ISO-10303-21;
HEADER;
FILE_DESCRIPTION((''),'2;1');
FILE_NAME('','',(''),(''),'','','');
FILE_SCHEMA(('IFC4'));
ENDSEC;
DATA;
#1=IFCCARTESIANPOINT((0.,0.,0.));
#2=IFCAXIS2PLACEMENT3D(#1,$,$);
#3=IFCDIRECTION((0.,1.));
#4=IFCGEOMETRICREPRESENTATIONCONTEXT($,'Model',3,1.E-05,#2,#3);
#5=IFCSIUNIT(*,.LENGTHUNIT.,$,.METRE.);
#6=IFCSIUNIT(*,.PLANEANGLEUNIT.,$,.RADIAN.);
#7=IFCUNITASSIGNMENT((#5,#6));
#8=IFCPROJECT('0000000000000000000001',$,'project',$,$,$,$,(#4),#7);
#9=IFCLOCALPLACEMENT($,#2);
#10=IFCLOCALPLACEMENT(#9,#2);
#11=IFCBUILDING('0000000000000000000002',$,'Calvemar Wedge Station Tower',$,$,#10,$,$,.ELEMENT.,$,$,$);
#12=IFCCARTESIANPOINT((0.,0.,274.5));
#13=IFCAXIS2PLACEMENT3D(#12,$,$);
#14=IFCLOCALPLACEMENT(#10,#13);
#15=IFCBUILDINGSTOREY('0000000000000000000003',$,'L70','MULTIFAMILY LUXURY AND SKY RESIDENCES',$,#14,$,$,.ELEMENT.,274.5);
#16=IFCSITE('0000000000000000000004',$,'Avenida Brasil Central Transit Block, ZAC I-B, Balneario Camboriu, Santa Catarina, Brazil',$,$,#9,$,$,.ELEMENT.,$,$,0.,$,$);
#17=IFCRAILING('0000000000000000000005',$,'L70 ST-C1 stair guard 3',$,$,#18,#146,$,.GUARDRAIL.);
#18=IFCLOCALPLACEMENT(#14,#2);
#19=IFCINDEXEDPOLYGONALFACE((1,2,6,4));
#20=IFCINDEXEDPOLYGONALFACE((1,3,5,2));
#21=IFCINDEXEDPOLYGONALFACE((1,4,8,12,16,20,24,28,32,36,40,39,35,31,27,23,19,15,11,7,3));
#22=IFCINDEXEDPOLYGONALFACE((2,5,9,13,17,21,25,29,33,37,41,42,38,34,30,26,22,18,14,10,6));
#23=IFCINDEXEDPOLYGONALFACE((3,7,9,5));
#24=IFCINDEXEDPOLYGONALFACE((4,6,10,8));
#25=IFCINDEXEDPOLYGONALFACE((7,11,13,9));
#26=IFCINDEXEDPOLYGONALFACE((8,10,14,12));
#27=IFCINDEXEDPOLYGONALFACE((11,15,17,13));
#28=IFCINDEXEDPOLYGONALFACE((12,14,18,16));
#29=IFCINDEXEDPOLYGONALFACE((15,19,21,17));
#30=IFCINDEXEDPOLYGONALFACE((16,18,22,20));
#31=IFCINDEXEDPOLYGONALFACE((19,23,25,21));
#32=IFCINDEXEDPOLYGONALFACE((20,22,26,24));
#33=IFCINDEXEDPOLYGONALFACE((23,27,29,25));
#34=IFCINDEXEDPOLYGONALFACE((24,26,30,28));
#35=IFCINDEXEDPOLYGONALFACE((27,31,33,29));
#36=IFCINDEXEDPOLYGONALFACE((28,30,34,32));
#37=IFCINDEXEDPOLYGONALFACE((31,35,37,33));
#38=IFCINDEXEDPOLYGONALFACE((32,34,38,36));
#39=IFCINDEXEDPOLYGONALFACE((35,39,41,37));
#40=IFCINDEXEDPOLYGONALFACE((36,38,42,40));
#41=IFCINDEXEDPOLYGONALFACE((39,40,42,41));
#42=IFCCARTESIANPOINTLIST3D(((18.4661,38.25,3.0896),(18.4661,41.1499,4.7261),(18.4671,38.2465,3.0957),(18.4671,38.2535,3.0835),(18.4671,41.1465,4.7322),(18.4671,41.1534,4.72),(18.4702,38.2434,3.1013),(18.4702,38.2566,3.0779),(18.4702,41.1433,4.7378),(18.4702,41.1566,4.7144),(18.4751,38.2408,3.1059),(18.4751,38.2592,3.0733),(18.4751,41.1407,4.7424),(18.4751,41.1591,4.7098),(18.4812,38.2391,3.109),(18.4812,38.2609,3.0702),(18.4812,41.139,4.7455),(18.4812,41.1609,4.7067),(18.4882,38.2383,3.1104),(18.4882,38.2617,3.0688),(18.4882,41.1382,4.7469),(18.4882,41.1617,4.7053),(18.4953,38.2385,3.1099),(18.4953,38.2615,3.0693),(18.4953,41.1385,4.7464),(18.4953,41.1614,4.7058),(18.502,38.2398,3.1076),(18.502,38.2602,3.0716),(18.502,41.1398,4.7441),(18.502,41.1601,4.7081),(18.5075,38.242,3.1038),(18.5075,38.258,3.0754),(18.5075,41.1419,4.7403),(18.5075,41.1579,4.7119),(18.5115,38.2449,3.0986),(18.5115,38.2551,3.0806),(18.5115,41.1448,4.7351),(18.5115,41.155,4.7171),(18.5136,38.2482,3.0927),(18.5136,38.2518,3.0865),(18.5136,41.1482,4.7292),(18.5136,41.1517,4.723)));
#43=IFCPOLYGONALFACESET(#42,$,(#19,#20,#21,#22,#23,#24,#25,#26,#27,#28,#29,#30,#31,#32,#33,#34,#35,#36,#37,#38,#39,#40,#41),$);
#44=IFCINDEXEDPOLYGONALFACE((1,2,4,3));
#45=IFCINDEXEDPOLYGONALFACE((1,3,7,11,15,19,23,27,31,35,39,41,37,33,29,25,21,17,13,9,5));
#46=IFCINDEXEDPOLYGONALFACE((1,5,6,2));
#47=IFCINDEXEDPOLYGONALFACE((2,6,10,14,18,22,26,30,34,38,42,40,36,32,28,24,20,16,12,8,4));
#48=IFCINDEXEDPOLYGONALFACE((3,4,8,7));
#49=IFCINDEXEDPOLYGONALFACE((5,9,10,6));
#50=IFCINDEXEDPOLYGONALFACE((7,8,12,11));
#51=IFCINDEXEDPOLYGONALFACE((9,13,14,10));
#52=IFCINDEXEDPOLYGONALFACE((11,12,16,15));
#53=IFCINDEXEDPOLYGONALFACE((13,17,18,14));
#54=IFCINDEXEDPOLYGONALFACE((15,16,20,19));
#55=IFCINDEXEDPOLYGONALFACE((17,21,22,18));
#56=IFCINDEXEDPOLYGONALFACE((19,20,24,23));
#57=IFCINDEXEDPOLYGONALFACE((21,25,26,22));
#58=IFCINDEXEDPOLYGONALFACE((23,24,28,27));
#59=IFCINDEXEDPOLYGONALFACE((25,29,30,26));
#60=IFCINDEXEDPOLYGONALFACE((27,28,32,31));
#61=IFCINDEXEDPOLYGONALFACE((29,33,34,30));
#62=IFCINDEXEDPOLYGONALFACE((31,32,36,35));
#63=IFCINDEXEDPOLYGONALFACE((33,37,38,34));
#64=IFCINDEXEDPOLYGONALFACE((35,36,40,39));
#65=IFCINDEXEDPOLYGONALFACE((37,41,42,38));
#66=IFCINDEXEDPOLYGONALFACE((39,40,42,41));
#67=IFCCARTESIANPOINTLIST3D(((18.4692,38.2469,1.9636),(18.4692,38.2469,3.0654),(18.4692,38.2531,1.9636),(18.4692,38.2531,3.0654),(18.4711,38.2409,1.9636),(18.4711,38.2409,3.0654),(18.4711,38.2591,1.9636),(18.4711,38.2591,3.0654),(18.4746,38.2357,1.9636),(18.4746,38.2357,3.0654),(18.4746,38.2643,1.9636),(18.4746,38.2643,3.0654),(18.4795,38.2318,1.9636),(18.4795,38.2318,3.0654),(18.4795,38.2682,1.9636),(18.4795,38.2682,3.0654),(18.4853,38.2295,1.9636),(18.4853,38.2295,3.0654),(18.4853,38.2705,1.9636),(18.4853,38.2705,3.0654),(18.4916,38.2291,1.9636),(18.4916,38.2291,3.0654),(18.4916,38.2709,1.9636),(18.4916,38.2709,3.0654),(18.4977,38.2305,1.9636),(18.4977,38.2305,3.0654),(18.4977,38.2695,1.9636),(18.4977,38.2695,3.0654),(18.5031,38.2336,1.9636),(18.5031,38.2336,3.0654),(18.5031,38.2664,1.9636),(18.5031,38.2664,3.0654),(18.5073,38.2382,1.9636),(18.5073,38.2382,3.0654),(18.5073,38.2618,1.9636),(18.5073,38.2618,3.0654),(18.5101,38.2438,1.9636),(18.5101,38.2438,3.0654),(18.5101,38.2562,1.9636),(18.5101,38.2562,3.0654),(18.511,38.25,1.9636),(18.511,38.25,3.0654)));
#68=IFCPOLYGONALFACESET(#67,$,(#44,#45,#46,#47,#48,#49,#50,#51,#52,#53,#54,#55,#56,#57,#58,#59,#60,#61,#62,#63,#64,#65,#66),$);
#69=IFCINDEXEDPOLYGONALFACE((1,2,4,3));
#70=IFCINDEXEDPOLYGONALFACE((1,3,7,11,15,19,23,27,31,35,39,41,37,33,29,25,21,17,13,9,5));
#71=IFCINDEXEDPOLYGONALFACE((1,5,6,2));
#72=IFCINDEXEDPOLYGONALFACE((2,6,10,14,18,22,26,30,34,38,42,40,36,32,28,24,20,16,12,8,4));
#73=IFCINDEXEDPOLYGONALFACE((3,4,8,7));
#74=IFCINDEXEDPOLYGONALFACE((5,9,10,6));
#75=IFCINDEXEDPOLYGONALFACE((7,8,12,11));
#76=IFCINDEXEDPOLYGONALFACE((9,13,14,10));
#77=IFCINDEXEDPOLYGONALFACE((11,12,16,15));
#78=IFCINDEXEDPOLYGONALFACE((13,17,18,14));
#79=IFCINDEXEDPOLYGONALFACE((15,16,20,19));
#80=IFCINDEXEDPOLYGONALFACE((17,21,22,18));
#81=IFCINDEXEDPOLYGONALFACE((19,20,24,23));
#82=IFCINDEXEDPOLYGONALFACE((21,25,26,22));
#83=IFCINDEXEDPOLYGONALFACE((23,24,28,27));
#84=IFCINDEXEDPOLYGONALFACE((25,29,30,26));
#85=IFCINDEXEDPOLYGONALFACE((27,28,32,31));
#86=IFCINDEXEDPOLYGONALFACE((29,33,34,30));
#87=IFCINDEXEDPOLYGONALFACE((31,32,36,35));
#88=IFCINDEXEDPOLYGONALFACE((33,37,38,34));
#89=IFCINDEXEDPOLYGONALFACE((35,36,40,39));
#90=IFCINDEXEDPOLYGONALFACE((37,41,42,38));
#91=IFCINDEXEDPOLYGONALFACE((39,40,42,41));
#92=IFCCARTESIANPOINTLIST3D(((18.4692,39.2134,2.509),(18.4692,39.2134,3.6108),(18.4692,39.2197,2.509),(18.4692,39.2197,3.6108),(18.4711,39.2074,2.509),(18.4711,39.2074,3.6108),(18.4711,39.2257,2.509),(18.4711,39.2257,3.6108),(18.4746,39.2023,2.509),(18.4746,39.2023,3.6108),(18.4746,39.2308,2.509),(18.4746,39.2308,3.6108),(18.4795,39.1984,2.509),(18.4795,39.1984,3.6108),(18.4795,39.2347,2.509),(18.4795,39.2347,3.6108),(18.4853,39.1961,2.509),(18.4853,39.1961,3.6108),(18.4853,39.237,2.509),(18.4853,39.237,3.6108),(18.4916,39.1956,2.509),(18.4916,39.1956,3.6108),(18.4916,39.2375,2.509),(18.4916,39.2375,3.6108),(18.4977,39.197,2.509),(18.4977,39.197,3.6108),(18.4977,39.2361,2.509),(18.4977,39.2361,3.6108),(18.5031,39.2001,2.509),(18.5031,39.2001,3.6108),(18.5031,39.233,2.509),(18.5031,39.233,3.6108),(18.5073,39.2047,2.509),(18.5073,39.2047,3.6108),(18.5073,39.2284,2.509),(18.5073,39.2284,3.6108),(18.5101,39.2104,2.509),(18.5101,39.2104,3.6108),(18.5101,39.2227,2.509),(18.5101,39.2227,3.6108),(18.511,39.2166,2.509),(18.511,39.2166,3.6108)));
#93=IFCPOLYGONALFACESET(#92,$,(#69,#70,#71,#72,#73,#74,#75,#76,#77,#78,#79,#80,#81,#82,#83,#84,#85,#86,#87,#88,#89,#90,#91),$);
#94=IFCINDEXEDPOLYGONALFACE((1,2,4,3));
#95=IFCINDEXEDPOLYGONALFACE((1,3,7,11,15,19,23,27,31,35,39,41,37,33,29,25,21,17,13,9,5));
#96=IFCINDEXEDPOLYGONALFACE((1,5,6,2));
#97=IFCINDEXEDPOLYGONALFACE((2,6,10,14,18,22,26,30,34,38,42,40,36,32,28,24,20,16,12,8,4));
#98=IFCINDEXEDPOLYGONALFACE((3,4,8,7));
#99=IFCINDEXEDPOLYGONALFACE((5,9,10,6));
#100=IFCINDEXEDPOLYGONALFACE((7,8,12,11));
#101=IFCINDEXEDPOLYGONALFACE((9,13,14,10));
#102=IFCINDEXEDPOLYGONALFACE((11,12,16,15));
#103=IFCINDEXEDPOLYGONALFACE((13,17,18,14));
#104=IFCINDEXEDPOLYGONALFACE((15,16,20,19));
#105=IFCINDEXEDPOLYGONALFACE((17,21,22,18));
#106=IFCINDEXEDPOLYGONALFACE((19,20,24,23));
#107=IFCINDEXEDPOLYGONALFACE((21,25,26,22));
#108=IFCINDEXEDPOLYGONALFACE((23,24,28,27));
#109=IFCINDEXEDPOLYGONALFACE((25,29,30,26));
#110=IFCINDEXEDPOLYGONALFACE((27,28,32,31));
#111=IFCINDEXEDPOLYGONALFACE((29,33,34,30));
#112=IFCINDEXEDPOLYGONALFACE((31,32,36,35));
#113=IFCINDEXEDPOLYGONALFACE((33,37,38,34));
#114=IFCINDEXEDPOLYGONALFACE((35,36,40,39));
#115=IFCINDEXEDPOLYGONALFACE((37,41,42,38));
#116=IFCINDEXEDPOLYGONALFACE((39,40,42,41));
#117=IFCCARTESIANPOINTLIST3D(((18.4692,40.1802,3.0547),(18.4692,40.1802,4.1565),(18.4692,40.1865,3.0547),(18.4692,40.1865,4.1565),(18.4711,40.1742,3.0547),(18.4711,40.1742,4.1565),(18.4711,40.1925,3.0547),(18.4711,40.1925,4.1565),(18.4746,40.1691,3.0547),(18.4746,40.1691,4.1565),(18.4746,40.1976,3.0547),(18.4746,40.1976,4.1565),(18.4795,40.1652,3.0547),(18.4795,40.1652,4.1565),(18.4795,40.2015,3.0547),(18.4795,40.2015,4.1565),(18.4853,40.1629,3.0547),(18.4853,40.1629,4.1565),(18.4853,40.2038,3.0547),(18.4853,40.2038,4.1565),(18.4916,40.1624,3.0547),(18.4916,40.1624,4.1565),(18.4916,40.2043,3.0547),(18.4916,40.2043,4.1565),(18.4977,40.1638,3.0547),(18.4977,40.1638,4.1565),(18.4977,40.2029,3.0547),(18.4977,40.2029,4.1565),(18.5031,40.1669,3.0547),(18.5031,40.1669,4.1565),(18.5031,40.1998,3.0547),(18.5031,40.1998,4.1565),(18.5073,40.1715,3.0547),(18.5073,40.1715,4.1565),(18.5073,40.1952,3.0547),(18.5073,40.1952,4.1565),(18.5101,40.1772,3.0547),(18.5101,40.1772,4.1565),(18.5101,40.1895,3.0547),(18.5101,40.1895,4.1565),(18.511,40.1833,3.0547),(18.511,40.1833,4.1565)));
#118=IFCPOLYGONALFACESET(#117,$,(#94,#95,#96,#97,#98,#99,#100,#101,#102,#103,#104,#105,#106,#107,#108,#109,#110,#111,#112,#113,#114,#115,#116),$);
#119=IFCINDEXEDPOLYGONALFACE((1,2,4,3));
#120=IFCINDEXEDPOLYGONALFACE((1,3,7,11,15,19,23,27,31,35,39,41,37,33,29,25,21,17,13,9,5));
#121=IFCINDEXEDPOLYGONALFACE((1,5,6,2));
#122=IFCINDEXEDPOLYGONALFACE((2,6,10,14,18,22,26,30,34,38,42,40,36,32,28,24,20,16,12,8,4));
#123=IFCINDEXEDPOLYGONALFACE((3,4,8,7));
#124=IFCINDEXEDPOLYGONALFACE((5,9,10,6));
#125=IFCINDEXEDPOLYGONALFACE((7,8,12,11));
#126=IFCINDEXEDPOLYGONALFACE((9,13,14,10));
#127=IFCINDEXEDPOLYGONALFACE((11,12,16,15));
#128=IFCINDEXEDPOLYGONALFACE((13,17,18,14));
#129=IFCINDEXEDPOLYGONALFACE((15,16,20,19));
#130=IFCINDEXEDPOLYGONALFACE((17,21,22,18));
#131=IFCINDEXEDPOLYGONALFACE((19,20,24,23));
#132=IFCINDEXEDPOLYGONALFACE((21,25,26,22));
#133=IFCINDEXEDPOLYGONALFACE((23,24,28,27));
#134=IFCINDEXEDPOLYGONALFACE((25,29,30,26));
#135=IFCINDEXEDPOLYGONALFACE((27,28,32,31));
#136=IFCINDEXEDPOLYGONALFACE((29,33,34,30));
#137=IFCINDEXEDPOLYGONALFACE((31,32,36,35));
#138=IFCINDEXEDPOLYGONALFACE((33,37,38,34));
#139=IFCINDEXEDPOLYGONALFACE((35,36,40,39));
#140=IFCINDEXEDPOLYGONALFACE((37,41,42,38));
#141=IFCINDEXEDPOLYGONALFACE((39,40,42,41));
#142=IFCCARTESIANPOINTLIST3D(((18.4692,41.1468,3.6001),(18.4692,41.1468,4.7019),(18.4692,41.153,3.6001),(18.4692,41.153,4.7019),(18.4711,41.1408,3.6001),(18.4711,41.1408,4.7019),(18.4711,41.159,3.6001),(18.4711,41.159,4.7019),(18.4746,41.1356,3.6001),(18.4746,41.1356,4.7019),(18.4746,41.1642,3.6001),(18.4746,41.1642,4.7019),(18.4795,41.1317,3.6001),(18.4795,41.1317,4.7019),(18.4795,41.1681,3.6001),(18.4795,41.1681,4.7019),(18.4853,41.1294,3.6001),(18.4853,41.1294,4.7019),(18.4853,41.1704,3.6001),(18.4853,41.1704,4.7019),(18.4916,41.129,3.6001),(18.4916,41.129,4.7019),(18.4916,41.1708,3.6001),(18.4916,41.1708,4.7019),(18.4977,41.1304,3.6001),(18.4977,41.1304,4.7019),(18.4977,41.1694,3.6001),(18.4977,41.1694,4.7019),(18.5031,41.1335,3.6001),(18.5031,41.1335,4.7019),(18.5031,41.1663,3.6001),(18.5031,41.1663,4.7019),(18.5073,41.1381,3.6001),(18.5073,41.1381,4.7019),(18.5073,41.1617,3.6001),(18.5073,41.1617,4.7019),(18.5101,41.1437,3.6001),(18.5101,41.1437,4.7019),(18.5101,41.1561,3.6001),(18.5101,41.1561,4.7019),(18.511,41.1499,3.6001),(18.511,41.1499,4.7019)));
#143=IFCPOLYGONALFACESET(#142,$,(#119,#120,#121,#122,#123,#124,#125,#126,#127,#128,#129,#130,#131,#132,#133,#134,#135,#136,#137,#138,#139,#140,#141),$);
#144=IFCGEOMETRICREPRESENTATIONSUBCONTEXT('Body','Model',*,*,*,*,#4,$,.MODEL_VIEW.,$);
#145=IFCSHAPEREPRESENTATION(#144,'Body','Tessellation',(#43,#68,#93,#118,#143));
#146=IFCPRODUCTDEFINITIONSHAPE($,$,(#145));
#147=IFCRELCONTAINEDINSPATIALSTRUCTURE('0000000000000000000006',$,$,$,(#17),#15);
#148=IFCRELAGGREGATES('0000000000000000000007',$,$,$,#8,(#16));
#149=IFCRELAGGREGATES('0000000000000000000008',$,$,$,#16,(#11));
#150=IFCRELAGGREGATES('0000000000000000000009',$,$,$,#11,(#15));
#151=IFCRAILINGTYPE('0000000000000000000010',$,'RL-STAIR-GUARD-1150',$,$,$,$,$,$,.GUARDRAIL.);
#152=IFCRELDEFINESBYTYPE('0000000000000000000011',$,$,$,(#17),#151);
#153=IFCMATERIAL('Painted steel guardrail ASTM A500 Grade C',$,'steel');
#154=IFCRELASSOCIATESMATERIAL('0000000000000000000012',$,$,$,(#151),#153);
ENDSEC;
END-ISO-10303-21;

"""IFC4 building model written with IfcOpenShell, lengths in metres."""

from ifc_helpers import new_model, si_unit, direction, frame, origin, origin_2d, place, context, subcontext, project, spatial, circle, extrude, material, type_object, element, save


model = new_model("IFC4")

# Units and contexts
model_context = context("Model", 3, precision=1e-05, world=origin(), true_north=direction((0.0, 1.0)))
body_context = subcontext(model_context, "Body", "Model", "MODEL_VIEW")
ifc_project = project(units=[si_unit("LENGTHUNIT", "METRE"), si_unit("PLANEANGLEUNIT", "RADIAN")], contexts=[model_context])

# Site, building, storey
site_placement = place(None, origin())
site = spatial("IfcSite", under=ifc_project, at=site_placement, Name="Avenida Brasil Central Transit Block, ZAC I-B, Balneario Camboriu, Santa Catarina, Brazil", CompositionType="ELEMENT", RefElevation=0.0)
building_placement = place(site_placement, origin())
building = spatial("IfcBuilding", under=site, at=building_placement, Name="Calvemar Wedge Station Tower", CompositionType="ELEMENT")
storey_placement = place(building_placement, frame((0.0, 0.0, 274.5)))
storey = spatial("IfcBuildingStorey", under=building, at=storey_placement, Name="L70", Description="MULTIFAMILY LUXURY AND SKY RESIDENCES", CompositionType="ELEMENT", Elevation=274.5)

# Railing
ifc_material_1 = material(Name="Painted steel guardrail ASTM A500 Grade C", Category="steel")
railing_type_1 = type_object("IfcRailingType", Name="RL-STAIR-GUARD-1150", PredefinedType="GUARDRAIL", material=ifc_material_1)
railing_1_placement = place(storey_placement, frame((18.49, 38.25, 1.9636)))
element("IfcRailing", 1, at=railing_1_placement, inside=storey, type_object=railing_type_1, Name="L70 ST-C1 stair guard 3", PredefinedType="GUARDRAIL", context=body_context, shape_type="SweptSolid", body=[
    extrude(circle(Radius=0.0239, at=origin_2d()), frame((0.0, 0.0, 1.126), z_axis=(0.0, 0.870897, 0.491465), x_axis=(-1.0, 0.0, 0.0)), (0.0, 0.0, 1.0), 3.3298),
    extrude(circle(Radius=0.021, at=origin_2d()), origin(), (0.0, 0.0, 1.0), 1.1018),
    extrude(circle(Radius=0.021, at=origin_2d()), frame((0.0, 0.9666, 0.5454)), (0.0, 0.0, 1.0), 1.1018),
    extrude(circle(Radius=0.021, at=origin_2d()), frame((0.0, 1.9333, 1.0911)), (0.0, 0.0, 1.0), 1.1018),
    extrude(circle(Radius=0.021, at=origin_2d()), frame((0.0, 2.8999, 1.6365)), (0.0, 0.0, 1.0), 1.1018),
])

save(model, "model.ifc")
